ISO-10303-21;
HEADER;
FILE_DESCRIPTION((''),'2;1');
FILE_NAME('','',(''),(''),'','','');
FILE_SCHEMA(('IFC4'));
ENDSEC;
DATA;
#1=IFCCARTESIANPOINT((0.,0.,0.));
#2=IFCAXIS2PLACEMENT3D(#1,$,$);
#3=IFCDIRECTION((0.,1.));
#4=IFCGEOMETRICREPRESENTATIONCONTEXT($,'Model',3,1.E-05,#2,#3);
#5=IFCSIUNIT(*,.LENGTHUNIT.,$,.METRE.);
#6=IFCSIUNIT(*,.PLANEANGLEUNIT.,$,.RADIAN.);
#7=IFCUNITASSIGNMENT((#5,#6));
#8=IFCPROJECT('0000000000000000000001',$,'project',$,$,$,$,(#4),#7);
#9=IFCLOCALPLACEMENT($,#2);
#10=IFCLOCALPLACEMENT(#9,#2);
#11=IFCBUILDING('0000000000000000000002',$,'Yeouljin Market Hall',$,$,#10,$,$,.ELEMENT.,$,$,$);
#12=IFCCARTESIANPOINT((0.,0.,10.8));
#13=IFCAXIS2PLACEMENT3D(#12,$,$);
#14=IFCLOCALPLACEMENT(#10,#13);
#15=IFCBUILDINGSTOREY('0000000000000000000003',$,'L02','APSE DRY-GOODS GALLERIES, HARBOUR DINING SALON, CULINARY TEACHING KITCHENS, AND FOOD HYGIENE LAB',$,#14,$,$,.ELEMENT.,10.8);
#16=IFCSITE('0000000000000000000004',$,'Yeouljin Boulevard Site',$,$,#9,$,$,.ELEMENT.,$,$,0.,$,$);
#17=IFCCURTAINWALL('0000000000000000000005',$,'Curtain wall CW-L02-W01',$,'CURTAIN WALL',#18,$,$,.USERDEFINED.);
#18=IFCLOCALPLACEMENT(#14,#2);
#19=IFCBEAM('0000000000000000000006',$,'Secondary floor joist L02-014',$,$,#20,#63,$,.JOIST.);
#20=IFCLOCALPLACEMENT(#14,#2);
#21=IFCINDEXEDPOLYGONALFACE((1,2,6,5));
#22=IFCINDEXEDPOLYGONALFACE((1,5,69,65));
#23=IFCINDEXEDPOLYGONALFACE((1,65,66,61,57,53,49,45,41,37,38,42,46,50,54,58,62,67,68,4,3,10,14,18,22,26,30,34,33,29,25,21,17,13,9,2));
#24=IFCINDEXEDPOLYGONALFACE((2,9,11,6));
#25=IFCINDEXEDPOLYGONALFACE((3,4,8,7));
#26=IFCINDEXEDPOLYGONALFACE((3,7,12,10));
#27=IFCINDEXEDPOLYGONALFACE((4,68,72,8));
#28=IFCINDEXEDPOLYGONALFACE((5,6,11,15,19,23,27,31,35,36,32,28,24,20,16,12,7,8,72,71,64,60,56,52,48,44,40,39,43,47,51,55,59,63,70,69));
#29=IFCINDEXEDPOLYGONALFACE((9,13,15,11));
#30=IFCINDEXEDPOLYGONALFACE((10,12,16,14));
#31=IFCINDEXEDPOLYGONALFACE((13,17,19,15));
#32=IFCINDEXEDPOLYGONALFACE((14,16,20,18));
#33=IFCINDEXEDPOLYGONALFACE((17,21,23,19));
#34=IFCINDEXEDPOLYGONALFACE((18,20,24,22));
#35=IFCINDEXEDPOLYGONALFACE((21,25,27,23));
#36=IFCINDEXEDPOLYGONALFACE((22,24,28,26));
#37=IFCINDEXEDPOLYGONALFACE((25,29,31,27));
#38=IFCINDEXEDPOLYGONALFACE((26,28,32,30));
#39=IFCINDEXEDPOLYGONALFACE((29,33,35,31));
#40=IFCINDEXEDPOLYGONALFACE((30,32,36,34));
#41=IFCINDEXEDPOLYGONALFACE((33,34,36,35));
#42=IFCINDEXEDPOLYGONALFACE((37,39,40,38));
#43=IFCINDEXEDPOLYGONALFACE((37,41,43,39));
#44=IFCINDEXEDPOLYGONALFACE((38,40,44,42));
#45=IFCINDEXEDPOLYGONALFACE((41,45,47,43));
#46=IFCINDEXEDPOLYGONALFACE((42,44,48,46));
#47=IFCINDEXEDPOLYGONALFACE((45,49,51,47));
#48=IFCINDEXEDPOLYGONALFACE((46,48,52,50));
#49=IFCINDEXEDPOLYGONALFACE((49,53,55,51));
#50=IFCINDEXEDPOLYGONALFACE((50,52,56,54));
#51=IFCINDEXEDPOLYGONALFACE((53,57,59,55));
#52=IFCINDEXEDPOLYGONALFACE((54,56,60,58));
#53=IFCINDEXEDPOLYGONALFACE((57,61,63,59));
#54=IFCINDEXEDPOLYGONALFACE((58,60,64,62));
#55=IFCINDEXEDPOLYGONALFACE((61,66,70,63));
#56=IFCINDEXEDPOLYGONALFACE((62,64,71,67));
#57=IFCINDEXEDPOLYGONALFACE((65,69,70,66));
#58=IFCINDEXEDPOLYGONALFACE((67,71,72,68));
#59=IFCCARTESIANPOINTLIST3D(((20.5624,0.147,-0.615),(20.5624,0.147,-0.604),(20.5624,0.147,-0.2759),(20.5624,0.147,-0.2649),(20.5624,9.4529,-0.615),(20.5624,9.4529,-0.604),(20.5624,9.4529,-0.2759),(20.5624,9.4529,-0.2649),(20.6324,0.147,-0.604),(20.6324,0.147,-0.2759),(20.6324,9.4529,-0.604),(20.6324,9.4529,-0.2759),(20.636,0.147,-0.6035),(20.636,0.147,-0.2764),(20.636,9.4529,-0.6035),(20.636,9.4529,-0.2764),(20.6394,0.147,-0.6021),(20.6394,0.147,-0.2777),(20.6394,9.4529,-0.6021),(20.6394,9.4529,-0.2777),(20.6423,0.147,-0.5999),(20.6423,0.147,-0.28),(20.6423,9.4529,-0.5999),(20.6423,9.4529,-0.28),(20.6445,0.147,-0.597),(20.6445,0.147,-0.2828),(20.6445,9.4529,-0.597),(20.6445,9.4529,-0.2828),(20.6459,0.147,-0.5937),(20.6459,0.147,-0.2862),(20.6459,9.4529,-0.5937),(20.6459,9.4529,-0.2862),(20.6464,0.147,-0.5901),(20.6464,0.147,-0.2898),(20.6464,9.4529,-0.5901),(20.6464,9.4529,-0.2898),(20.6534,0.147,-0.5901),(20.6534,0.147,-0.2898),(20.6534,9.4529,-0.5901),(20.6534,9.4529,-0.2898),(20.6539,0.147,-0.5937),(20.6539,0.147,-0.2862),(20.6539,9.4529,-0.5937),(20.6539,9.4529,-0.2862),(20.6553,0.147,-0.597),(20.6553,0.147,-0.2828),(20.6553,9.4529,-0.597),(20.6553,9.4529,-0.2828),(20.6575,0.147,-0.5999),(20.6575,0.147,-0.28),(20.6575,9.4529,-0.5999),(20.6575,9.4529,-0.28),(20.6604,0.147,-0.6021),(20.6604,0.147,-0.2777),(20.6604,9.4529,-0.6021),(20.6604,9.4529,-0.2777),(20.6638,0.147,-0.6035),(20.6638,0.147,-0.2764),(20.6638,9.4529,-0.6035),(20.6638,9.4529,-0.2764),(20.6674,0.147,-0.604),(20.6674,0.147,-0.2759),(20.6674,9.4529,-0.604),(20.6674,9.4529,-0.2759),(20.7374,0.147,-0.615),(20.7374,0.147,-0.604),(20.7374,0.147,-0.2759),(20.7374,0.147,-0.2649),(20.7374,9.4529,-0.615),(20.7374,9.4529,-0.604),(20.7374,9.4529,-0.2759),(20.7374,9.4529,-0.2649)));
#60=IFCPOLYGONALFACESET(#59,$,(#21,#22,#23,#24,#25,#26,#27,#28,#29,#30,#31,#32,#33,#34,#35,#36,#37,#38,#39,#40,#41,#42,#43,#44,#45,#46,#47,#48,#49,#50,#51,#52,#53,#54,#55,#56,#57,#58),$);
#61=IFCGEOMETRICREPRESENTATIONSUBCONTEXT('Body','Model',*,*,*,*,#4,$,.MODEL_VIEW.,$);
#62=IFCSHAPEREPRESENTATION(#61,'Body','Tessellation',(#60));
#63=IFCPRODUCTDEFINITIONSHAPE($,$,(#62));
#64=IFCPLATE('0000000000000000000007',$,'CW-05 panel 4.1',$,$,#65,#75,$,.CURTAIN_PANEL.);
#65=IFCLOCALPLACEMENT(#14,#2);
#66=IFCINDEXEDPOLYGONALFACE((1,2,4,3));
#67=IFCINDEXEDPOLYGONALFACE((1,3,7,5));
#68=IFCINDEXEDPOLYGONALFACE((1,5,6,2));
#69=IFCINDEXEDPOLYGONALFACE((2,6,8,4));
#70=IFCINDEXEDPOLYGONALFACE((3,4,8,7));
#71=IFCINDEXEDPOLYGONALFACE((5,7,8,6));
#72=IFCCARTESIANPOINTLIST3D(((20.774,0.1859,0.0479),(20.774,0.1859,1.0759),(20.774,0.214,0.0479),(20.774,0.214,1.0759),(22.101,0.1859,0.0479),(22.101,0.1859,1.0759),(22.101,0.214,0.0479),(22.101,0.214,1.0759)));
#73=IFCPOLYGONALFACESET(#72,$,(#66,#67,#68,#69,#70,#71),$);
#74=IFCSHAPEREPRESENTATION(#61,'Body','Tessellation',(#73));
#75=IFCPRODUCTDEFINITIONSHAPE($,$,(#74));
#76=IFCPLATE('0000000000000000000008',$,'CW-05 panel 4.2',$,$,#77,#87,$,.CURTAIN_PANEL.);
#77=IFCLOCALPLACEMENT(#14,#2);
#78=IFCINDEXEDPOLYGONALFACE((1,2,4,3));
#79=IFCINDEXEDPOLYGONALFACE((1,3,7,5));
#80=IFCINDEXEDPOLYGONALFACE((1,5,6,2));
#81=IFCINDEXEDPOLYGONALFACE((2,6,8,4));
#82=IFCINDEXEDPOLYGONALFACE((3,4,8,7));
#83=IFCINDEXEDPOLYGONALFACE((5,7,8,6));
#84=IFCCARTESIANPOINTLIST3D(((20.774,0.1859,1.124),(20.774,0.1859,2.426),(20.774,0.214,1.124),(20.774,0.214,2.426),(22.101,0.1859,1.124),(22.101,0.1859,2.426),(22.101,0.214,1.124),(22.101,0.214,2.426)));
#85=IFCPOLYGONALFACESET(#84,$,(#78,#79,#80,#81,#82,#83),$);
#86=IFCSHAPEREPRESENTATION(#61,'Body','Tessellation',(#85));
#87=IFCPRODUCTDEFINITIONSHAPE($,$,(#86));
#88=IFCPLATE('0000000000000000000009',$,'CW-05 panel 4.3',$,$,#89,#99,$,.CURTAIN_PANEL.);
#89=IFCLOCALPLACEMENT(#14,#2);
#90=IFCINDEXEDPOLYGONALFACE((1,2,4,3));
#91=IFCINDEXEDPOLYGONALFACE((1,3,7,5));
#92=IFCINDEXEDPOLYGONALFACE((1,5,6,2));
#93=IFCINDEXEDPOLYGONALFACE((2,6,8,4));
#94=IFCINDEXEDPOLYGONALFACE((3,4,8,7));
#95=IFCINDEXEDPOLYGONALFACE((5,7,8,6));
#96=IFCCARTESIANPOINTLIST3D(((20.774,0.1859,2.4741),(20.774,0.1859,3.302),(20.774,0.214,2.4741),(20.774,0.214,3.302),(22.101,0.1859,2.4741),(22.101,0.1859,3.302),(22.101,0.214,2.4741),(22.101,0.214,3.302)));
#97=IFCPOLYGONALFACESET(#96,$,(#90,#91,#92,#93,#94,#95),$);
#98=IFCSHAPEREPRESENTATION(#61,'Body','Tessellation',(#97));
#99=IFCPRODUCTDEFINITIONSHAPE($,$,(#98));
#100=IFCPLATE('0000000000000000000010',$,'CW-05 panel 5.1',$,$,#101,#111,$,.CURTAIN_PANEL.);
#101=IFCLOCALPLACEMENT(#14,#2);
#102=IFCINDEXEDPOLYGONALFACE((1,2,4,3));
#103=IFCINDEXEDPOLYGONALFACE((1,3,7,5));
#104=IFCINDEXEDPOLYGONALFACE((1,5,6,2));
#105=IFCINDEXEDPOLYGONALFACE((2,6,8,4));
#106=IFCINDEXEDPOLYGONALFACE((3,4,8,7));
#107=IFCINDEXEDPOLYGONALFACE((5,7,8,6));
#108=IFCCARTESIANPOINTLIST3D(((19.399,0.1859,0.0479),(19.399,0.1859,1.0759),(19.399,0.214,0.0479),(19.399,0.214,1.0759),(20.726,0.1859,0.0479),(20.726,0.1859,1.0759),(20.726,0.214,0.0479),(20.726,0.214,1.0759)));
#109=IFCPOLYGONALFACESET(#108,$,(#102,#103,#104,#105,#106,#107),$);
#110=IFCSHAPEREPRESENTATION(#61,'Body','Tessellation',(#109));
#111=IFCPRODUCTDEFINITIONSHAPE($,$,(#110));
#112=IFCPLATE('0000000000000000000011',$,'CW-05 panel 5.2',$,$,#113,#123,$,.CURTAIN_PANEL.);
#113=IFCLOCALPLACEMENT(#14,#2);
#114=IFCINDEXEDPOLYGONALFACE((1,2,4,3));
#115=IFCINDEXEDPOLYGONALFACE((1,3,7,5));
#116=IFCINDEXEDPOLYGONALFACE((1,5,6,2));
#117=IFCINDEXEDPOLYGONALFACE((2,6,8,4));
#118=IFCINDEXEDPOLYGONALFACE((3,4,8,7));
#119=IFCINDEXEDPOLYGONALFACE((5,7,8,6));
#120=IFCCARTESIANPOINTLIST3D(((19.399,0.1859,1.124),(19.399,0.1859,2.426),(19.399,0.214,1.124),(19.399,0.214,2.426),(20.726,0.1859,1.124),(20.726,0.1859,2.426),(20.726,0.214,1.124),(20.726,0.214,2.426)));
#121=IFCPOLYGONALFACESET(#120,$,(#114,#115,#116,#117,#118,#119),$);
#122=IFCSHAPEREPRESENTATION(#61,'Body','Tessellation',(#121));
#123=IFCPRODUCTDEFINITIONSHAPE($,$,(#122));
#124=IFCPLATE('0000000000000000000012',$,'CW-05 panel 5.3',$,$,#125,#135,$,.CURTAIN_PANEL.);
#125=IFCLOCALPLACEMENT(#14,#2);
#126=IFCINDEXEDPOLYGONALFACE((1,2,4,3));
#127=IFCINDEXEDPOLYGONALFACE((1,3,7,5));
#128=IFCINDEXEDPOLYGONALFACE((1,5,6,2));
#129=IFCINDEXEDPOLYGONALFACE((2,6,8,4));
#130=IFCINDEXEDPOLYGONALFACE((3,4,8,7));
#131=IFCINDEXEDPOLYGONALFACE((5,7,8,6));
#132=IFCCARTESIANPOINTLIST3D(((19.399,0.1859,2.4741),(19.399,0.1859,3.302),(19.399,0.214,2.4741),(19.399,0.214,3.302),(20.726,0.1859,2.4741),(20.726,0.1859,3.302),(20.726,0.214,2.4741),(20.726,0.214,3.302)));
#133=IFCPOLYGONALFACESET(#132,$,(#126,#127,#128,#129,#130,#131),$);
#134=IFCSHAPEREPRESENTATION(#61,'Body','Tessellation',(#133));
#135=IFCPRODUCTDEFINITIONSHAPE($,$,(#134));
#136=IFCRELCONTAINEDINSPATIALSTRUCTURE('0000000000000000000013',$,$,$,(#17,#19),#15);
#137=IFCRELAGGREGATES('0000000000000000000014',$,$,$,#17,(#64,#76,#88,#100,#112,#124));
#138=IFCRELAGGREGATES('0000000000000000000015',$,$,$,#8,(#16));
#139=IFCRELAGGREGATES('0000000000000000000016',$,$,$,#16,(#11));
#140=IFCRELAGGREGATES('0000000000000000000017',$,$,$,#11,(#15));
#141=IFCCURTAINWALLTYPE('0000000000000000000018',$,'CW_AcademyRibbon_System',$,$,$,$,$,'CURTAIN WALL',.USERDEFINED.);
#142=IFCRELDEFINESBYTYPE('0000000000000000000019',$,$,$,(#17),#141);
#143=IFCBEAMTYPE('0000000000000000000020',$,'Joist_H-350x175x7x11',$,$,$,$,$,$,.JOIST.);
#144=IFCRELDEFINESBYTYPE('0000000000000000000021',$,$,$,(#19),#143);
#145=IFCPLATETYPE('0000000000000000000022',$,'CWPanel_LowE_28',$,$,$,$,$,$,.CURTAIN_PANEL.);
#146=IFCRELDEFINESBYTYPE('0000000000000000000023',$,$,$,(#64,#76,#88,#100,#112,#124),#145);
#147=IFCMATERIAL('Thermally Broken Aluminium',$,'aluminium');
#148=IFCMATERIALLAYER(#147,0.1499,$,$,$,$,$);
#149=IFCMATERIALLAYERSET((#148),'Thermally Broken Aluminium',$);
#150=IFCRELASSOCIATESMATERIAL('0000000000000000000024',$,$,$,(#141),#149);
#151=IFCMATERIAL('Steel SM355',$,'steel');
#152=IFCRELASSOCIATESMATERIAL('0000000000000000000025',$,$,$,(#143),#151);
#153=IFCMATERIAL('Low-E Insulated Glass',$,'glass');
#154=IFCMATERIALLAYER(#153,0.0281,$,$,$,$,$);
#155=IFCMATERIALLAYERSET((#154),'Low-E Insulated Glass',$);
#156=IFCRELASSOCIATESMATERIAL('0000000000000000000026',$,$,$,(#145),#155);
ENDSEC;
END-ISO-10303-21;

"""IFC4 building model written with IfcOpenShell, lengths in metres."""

from ifc_helpers import new_model, si_unit, direction, frame, origin, origin_2d, place, context, subcontext, project, spatial, rectangle, i_section, extrude, material, layer, layer_set, material_profile, profile_set, type_object, element, aggregate, save


model = new_model("IFC4")

# Units and contexts
model_context = context("Model", 3, precision=1e-05, world=origin(), true_north=direction((0.0, 1.0)))
body_context = subcontext(model_context, "Body", "Model", "MODEL_VIEW")
ifc_project = project(units=[si_unit("LENGTHUNIT", "METRE"), si_unit("PLANEANGLEUNIT", "RADIAN")], contexts=[model_context])

# Site, building, storey
site_placement = place(None, origin())
site = spatial("IfcSite", under=ifc_project, at=site_placement, Name="Yeouljin Boulevard Site", CompositionType="ELEMENT", RefElevation=0.0)
building_placement = place(site_placement, origin())
building = spatial("IfcBuilding", under=site, at=building_placement, Name="Yeouljin Market Hall", CompositionType="ELEMENT")
storey_placement = place(building_placement, frame((0.0, 0.0, 10.8)))
storey = spatial("IfcBuildingStorey", under=building, at=storey_placement, Name="L02", Description="APSE DRY-GOODS GALLERIES, HARBOUR DINING SALON, CULINARY TEACHING KITCHENS, AND FOOD HYGIENE LAB", CompositionType="ELEMENT", Elevation=10.8)

# Curtain wall
ifc_material_1 = material(Name="Thermally Broken Aluminium", Category="aluminium")
ifc_layer_1 = layer(ifc_material_1, 0.1499)
ifc_layer_set_1 = layer_set([ifc_layer_1], Name="Thermally Broken Aluminium")
curtain_wall_type = type_object("IfcCurtainWallType", Name="CW_AcademyRibbon_System", ElementType="CURTAIN WALL", PredefinedType="USERDEFINED", material=ifc_layer_set_1)
curtain_wall_placement = place(storey_placement, origin())
curtain_wall = element("IfcCurtainWall", 1, at=curtain_wall_placement, inside=storey, type_object=curtain_wall_type, Name="Curtain wall CW-L02-W01", ObjectType="CURTAIN WALL", PredefinedType="USERDEFINED")

# Beam
ifc_material_2 = material(Name="Steel SM355", Category="steel")
ifc_material_profile_1 = material_profile(ifc_material_2, i_section(OverallWidth=0.175, OverallDepth=0.3501, WebThickness=0.0071, FlangeThickness=0.011, FilletRadius=0.0139, at=origin_2d()), Name="H-350x175x7x11")
ifc_profile_set_1 = profile_set([ifc_material_profile_1], Name="Steel SM355")
beam_type = type_object("IfcBeamType", Name="Joist_H-350x175x7x11", PredefinedType="JOIST", material=ifc_profile_set_1)
beam_placement = place(storey_placement, frame((20.6499, 0.147, -0.4399), z_axis=(0.0, 1.0, 0.0), x_axis=(-1.0, 0.0, 0.0)))
element("IfcBeam", 2, at=beam_placement, inside=storey, type_object=beam_type, Name="Secondary floor joist L02-014", PredefinedType="JOIST", context=body_context, shape_type="SweptSolid", body=[
    extrude(i_section(OverallWidth=0.175, OverallDepth=0.3501, WebThickness=0.0071, FlangeThickness=0.011, FilletRadius=0.0139, at=origin_2d()), origin(), (0.0, 0.0, 1.0), 9.3059),
])

# Plates
ifc_material_3 = material(Name="Low-E Insulated Glass", Category="glass")
ifc_layer_2 = layer(ifc_material_3, 0.0281)
ifc_layer_set_2 = layer_set([ifc_layer_2], Name="Low-E Insulated Glass")
plate_type = type_object("IfcPlateType", Name="CWPanel_LowE_28", PredefinedType="CURTAIN_PANEL", material=ifc_layer_set_2)
plate_1_placement = place(storey_placement, frame((21.4375, 0.2, 0.0479), z_axis=(0.0, 0.0, 1.0), x_axis=(-1.0, 0.0, 0.0)))
plate_1 = element("IfcPlate", 3, at=plate_1_placement, type_object=plate_type, Name="CW-05 panel 4.1", PredefinedType="CURTAIN_PANEL", context=body_context, shape_type="SweptSolid", body=[
    extrude(rectangle(XDim=1.3269, YDim=0.0281, at=origin_2d()), origin(), (0.0, 0.0, 1.0), 1.0281),
])
plate_2_placement = place(storey_placement, frame((21.4375, 0.2, 1.124), z_axis=(0.0, 0.0, 1.0), x_axis=(-1.0, 0.0, 0.0)))
plate_2 = element("IfcPlate", 4, at=plate_2_placement, type_object=plate_type, Name="CW-05 panel 4.2", PredefinedType="CURTAIN_PANEL", context=body_context, shape_type="SweptSolid", body=[
    extrude(rectangle(XDim=1.3269, YDim=0.0281, at=origin_2d()), origin(), (0.0, 0.0, 1.0), 1.302),
])
plate_3_placement = place(storey_placement, frame((21.4375, 0.2, 2.4741), z_axis=(0.0, 0.0, 1.0), x_axis=(-1.0, 0.0, 0.0)))
plate_3 = element("IfcPlate", 5, at=plate_3_placement, type_object=plate_type, Name="CW-05 panel 4.3", PredefinedType="CURTAIN_PANEL", context=body_context, shape_type="SweptSolid", body=[
    extrude(rectangle(XDim=1.3269, YDim=0.0281, at=origin_2d()), origin(), (0.0, 0.0, 1.0), 0.8279),
])
plate_4_placement = place(storey_placement, frame((20.0625, 0.2, 0.0479), z_axis=(0.0, 0.0, 1.0), x_axis=(-1.0, 0.0, 0.0)))
plate_4 = element("IfcPlate", 6, at=plate_4_placement, type_object=plate_type, Name="CW-05 panel 5.1", PredefinedType="CURTAIN_PANEL", context=body_context, shape_type="SweptSolid", body=[
    extrude(rectangle(XDim=1.3269, YDim=0.0281, at=origin_2d()), origin(), (0.0, 0.0, 1.0), 1.0281),
])
plate_5_placement = place(storey_placement, frame((20.0625, 0.2, 1.124), z_axis=(0.0, 0.0, 1.0), x_axis=(-1.0, 0.0, 0.0)))
plate_5 = element("IfcPlate", 7, at=plate_5_placement, type_object=plate_type, Name="CW-05 panel 5.2", PredefinedType="CURTAIN_PANEL", context=body_context, shape_type="SweptSolid", body=[
    extrude(rectangle(XDim=1.3269, YDim=0.0281, at=origin_2d()), origin(), (0.0, 0.0, 1.0), 1.302),
])
plate_6_placement = place(storey_placement, frame((20.0625, 0.2, 2.4741), z_axis=(0.0, 0.0, 1.0), x_axis=(-1.0, 0.0, 0.0)))
plate_6 = element("IfcPlate", 8, at=plate_6_placement, type_object=plate_type, Name="CW-05 panel 5.3", PredefinedType="CURTAIN_PANEL", context=body_context, shape_type="SweptSolid", body=[
    extrude(rectangle(XDim=1.3269, YDim=0.0281, at=origin_2d()), origin(), (0.0, 0.0, 1.0), 0.8279),
])
aggregate(curtain_wall, [plate_1, plate_2, plate_3, plate_4, plate_5, plate_6])

save(model, "model.ifc")
